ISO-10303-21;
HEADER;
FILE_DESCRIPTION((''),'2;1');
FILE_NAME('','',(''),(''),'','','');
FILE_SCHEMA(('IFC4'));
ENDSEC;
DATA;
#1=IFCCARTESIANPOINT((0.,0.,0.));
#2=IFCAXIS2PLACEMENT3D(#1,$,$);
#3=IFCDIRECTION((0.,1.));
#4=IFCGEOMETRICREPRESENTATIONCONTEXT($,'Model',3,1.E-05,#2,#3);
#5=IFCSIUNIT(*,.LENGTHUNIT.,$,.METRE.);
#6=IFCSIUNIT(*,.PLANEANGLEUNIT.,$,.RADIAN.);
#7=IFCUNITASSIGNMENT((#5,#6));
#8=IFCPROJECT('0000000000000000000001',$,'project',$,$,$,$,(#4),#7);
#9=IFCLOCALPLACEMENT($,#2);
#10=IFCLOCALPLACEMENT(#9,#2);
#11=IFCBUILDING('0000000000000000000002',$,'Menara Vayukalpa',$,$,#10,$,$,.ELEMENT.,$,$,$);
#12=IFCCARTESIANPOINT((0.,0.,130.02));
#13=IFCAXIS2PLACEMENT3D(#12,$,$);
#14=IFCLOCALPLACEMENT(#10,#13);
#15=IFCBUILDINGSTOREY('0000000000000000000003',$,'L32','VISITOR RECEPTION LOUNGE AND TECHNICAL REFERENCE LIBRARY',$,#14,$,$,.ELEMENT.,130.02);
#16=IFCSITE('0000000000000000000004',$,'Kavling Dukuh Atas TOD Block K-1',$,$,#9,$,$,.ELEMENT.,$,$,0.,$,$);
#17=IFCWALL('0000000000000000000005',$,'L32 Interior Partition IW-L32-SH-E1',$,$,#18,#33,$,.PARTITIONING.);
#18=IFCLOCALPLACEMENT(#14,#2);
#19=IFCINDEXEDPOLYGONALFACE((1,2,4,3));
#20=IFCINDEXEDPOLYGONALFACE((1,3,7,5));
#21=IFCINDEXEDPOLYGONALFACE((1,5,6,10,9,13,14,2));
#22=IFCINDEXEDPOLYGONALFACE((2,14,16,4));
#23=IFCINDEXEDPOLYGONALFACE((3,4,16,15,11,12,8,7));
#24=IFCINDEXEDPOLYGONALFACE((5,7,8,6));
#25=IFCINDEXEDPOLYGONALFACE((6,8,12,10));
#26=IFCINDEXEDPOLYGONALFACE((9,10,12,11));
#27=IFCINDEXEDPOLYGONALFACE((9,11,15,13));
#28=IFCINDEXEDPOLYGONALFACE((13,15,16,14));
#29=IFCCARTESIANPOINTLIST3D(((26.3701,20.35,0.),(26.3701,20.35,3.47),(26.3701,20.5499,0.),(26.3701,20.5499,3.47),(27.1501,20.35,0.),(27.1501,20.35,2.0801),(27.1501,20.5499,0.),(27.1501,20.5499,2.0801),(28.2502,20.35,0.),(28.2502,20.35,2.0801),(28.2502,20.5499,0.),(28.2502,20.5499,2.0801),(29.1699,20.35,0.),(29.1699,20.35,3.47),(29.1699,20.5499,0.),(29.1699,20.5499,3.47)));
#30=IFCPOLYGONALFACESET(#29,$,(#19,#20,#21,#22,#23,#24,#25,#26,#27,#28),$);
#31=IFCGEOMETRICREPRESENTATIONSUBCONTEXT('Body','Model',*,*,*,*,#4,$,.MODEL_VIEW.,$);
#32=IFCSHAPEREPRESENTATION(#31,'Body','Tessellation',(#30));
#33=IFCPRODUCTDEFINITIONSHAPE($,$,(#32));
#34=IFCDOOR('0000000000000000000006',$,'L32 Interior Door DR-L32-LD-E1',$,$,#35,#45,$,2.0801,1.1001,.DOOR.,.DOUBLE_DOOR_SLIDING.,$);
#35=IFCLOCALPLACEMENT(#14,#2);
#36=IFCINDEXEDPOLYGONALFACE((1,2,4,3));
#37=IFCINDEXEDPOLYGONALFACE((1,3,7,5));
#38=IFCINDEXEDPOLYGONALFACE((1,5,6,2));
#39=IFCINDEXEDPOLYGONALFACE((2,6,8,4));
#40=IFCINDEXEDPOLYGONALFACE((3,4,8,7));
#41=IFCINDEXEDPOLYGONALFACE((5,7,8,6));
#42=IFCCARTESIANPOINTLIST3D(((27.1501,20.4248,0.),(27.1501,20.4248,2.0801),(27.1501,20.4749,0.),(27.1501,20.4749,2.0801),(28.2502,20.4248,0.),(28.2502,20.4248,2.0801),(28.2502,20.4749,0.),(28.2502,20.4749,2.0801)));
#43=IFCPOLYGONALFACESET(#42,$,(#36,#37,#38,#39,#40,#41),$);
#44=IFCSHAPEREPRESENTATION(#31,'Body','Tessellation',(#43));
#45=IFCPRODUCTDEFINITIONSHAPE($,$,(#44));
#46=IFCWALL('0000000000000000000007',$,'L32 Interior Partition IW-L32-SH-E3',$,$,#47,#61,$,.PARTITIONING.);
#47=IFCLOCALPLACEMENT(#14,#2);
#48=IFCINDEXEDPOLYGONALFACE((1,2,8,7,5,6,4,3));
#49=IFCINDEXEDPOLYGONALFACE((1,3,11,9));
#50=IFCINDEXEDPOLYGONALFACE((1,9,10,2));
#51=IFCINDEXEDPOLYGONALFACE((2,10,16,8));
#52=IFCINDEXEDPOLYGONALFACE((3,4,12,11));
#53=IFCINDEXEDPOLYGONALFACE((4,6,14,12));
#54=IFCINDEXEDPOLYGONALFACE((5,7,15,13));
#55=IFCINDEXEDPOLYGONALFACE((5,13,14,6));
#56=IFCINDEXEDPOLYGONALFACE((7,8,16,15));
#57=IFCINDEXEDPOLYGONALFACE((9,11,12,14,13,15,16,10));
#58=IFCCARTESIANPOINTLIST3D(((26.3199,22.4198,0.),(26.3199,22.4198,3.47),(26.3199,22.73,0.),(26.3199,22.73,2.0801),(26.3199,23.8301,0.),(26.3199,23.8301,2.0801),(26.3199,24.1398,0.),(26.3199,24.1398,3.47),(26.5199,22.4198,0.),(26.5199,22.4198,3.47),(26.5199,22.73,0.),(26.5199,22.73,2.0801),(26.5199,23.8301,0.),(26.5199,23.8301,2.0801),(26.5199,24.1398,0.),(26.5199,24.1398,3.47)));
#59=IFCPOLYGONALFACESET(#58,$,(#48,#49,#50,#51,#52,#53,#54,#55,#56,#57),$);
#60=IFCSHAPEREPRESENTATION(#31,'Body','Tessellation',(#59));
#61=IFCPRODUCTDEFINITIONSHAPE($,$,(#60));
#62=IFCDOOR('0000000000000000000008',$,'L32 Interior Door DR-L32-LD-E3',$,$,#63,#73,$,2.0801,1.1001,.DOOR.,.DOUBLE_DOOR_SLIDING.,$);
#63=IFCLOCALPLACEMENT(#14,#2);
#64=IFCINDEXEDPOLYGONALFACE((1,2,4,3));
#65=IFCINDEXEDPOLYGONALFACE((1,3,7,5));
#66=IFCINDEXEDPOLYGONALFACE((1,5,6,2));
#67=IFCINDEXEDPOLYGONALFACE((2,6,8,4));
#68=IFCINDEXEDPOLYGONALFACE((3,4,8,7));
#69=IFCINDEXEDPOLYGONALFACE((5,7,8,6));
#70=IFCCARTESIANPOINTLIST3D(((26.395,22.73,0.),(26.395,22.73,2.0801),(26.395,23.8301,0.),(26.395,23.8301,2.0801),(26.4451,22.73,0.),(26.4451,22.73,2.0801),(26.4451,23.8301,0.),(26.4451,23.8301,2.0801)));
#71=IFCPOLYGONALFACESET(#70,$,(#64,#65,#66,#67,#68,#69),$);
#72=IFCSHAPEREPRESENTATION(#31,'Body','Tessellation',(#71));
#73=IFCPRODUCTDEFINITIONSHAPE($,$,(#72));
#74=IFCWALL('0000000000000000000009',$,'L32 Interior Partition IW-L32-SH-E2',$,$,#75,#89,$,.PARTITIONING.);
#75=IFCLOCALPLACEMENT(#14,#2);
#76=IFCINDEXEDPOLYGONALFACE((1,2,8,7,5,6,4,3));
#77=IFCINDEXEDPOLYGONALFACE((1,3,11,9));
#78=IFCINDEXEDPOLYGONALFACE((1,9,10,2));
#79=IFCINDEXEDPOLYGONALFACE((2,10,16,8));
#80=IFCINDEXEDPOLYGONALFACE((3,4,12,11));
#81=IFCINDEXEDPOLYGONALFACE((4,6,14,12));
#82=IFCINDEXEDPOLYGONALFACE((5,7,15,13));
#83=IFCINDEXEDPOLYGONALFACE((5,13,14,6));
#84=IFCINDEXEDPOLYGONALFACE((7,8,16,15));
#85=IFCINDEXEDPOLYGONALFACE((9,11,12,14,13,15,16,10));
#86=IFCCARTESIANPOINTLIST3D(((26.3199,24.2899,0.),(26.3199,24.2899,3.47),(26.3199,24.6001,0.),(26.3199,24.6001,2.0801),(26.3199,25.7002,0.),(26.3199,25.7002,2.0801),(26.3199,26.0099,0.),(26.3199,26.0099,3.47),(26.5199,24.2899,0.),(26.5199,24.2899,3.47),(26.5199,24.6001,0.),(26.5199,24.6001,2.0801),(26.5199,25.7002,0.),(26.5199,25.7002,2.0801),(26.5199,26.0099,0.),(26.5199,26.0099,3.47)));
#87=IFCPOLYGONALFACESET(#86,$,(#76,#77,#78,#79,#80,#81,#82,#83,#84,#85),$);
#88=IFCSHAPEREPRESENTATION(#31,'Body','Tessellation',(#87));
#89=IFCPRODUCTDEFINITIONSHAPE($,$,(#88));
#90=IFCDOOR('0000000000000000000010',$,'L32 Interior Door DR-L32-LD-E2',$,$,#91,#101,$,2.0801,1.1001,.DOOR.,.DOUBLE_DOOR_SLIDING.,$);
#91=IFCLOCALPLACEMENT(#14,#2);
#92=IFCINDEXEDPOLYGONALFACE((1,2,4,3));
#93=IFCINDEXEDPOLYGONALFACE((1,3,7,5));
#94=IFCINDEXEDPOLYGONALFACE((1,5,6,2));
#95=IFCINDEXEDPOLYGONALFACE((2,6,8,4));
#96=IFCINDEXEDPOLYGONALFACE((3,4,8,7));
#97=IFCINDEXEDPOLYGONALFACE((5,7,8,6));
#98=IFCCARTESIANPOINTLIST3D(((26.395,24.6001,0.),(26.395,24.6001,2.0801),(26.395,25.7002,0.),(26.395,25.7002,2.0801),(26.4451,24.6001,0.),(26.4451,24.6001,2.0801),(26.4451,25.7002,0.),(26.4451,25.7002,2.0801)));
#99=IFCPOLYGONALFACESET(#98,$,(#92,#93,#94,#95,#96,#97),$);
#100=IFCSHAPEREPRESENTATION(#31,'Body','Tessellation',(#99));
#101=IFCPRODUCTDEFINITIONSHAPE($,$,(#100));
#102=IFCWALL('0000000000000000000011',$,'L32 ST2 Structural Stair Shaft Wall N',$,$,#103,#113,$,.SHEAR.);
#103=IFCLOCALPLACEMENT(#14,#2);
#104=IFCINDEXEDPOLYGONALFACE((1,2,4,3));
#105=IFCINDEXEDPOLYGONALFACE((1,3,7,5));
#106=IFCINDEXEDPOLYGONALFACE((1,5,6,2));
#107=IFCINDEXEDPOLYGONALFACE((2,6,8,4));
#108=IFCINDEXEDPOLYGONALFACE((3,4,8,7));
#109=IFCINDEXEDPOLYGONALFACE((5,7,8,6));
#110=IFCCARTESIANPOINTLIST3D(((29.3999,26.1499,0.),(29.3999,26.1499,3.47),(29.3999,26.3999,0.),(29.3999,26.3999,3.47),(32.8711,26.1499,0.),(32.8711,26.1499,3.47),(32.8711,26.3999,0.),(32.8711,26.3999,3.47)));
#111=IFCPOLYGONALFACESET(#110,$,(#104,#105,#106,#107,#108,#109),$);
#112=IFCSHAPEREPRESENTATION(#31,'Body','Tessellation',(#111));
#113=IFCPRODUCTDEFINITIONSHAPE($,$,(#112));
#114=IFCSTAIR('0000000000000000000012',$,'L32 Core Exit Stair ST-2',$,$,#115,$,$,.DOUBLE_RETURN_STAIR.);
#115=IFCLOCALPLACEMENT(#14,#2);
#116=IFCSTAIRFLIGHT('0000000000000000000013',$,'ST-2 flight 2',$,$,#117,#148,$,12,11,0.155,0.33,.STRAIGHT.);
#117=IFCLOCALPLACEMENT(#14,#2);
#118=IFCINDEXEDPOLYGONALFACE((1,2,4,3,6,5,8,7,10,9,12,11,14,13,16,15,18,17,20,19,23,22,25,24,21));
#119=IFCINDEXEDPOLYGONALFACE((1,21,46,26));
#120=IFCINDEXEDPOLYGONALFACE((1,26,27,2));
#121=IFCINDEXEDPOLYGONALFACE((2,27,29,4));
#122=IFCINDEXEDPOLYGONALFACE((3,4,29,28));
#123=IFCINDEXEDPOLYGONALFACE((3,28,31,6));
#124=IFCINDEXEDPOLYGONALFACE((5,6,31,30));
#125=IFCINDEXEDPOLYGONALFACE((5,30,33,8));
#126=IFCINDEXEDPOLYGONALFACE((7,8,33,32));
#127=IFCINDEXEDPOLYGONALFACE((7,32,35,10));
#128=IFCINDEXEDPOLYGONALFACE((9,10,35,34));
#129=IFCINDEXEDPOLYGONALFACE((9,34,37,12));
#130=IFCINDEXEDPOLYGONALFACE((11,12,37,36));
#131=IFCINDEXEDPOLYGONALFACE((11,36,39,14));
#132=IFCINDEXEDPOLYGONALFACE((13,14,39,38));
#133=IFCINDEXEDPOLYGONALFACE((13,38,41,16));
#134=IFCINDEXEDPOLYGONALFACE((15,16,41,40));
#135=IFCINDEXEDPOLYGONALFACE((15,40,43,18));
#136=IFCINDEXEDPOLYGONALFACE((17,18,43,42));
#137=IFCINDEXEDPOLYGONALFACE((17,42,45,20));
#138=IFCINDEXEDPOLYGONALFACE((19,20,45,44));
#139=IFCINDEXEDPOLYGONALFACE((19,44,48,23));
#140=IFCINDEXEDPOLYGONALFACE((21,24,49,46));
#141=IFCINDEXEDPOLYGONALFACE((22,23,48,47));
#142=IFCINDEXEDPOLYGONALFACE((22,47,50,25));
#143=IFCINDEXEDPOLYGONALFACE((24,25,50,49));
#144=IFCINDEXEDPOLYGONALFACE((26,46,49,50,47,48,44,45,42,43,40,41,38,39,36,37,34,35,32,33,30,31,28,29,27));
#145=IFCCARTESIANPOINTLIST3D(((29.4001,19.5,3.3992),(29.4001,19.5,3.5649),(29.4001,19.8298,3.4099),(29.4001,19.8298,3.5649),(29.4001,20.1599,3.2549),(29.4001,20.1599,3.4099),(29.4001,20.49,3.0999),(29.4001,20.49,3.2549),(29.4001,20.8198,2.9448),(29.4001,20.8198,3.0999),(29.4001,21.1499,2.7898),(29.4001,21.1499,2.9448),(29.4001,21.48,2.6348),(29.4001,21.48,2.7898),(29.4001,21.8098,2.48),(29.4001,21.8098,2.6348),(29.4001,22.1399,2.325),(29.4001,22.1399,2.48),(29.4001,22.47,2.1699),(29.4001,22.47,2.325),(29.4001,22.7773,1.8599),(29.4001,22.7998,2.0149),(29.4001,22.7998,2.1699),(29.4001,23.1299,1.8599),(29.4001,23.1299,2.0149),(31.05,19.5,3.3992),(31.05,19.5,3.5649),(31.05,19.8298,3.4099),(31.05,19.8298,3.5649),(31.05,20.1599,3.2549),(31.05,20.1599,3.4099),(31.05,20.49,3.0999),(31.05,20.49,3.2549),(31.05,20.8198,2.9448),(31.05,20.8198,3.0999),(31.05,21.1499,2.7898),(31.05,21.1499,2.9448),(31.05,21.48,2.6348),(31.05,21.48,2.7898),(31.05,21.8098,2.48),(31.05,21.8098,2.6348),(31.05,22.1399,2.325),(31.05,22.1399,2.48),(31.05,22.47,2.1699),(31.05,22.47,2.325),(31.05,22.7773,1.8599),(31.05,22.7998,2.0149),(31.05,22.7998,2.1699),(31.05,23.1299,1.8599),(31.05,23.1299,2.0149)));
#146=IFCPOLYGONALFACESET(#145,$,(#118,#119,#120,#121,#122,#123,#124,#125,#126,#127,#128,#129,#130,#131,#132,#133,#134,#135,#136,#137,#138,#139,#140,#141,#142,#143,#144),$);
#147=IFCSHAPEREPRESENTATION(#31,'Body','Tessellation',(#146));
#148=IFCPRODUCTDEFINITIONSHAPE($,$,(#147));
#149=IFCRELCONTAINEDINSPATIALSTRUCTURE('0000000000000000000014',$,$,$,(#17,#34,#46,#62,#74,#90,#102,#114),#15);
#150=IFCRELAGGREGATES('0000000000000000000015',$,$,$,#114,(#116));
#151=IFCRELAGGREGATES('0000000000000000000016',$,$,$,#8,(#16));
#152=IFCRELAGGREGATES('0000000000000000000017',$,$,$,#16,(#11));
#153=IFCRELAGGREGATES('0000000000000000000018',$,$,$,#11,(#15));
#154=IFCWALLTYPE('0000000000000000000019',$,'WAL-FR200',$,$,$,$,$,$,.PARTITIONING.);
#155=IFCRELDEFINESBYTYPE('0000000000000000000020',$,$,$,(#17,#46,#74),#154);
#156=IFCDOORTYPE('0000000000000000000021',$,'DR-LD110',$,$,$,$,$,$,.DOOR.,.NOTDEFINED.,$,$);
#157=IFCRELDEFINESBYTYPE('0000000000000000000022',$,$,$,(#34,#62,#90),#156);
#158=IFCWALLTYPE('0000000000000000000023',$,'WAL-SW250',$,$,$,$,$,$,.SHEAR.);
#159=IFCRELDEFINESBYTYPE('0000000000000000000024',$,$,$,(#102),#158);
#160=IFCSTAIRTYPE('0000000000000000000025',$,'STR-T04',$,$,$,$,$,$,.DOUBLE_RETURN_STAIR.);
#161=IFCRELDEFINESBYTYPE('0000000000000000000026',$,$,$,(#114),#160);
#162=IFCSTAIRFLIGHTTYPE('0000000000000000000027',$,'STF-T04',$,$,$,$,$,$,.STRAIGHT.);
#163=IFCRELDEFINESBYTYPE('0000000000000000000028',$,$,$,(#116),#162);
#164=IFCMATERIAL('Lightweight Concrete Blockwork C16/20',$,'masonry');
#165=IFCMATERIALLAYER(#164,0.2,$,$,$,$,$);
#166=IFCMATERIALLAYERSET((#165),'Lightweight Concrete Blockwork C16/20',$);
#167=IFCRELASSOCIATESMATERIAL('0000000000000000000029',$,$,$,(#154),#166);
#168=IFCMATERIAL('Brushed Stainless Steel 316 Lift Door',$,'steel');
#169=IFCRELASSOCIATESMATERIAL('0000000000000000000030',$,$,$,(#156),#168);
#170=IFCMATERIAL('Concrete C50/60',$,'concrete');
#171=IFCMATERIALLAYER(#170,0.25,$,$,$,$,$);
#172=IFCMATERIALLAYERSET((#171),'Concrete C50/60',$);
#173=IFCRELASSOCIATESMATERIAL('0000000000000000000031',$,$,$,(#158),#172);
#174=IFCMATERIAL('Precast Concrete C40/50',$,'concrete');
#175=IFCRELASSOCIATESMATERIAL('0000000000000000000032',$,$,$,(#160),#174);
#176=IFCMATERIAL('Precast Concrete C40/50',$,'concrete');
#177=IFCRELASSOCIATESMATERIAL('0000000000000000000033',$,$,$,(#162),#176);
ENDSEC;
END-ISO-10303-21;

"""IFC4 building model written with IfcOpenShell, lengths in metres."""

from ifc_helpers import new_model, si_unit, direction, frame, frame_2d, origin, place, context, subcontext, project, spatial, polyline, rectangle, outline, extrude, material, layer, layer_set, type_object, element, fill, aggregate, save


model = new_model("IFC4")

# Units and contexts
model_context = context("Model", 3, precision=1e-05, world=origin(), true_north=direction((0.0, 1.0)))
body_context = subcontext(model_context, "Body", "Model", "MODEL_VIEW")
ifc_project = project(units=[si_unit("LENGTHUNIT", "METRE"), si_unit("PLANEANGLEUNIT", "RADIAN")], contexts=[model_context])

# Site, building, storey
site_placement = place(None, origin())
site = spatial("IfcSite", under=ifc_project, at=site_placement, Name="Kavling Dukuh Atas TOD Block K-1", CompositionType="ELEMENT", RefElevation=0.0)
building_placement = place(site_placement, origin())
building = spatial("IfcBuilding", under=site, at=building_placement, Name="Menara Vayukalpa", CompositionType="ELEMENT")
storey_placement = place(building_placement, frame((0.0, 0.0, 130.02)))
storey = spatial("IfcBuildingStorey", under=building, at=storey_placement, Name="L32", Description="VISITOR RECEPTION LOUNGE AND TECHNICAL REFERENCE LIBRARY", CompositionType="ELEMENT", Elevation=130.02)

# Walls, openings, doors
ifc_material_1 = material(Name="Lightweight Concrete Blockwork C16/20", Category="masonry")
ifc_layer_1 = layer(ifc_material_1, 0.2)
ifc_layer_set_1 = layer_set([ifc_layer_1], Name="Lightweight Concrete Blockwork C16/20")
wall_type_1 = type_object("IfcWallType", Name="WAL-FR200", PredefinedType="PARTITIONING", material=ifc_layer_set_1)
wall_1_placement = place(storey_placement, frame((26.3701, 20.45, 0.0), z_axis=(0.0, 0.0, 1.0), x_axis=(1.0, 0.0, 0.0)))
wall_1 = element("IfcWall", 1, at=wall_1_placement, inside=storey, type_object=wall_type_1, Name="L32 Interior Partition IW-L32-SH-E1", PredefinedType="PARTITIONING", context=body_context, shape_type="SweptSolid", body=[
    extrude(rectangle(XDim=2.7998, YDim=0.2, at=frame_2d((1.3999, 0.0))), origin(), (0.0, 0.0, 1.0), 3.47),
])
opening_1_placement = place(wall_1_placement, frame((0.78, 0.0, 0.0)))
opening_1 = element("IfcOpeningElement", 2, at=opening_1_placement, cuts=wall_1, PredefinedType="OPENING", context=body_context, shape_type="SweptSolid", body=[
    extrude(rectangle(XDim=1.1001, YDim=2.0801, at=frame_2d((0.55, 1.04))), frame((0.0, 0.1099, 0.0), z_axis=(0.0, -1.0, 0.0), x_axis=(1.0, 0.0, 0.0)), (0.0, 0.0, 1.0), 0.22),
])
ifc_material_2 = material(Name="Brushed Stainless Steel 316 Lift Door", Category="steel")
door_type_1 = type_object("IfcDoorType", Name="DR-LD110", OperationType="NOTDEFINED", PredefinedType="DOOR", material=ifc_material_2)
door_1_placement = place(opening_1_placement, origin())
door_1 = element("IfcDoor", 3, at=door_1_placement, inside=storey, type_object=door_type_1, Name="L32 Interior Door DR-L32-LD-E1", OperationType="DOUBLE_DOOR_SLIDING", OverallHeight=2.0801, OverallWidth=1.1001, PredefinedType="DOOR", context=body_context, shape_type="SweptSolid", body=[
    extrude(rectangle(XDim=1.1001, YDim=2.0801, at=frame_2d((0.55, 1.04))), frame((0.0, 0.0249, 0.0), z_axis=(0.0, -1.0, 0.0), x_axis=(1.0, 0.0, 0.0)), (0.0, 0.0, 1.0), 0.05),
])
fill(opening_1, door_1)
wall_2_placement = place(storey_placement, frame((26.4199, 22.4199, 0.0), z_axis=(0.0, 0.0, 1.0), x_axis=(0.0, 1.0, 0.0)))
wall_2 = element("IfcWall", 4, at=wall_2_placement, inside=storey, type_object=wall_type_1, Name="L32 Interior Partition IW-L32-SH-E3", PredefinedType="PARTITIONING", context=body_context, shape_type="SweptSolid", body=[
    extrude(rectangle(XDim=1.72, YDim=0.2, at=frame_2d((0.8599, 0.0))), origin(), (0.0, 0.0, 1.0), 3.47),
])
opening_2_placement = place(wall_2_placement, frame((0.3101, 0.0, 0.0)))
opening_2 = element("IfcOpeningElement", 5, at=opening_2_placement, cuts=wall_2, PredefinedType="OPENING", context=body_context, shape_type="SweptSolid", body=[
    extrude(rectangle(XDim=1.1001, YDim=2.0801, at=frame_2d((0.55, 1.04))), frame((0.0, 0.1099, 0.0), z_axis=(0.0, -1.0, 0.0), x_axis=(1.0, 0.0, 0.0)), (0.0, 0.0, 1.0), 0.22),
])
door_2_placement = place(opening_2_placement, origin())
door_2 = element("IfcDoor", 6, at=door_2_placement, inside=storey, type_object=door_type_1, Name="L32 Interior Door DR-L32-LD-E3", OperationType="DOUBLE_DOOR_SLIDING", OverallHeight=2.0801, OverallWidth=1.1001, PredefinedType="DOOR", context=body_context, shape_type="SweptSolid", body=[
    extrude(rectangle(XDim=1.1001, YDim=2.0801, at=frame_2d((0.55, 1.04))), frame((0.0, 0.0249, 0.0), z_axis=(0.0, -1.0, 0.0), x_axis=(1.0, 0.0, 0.0)), (0.0, 0.0, 1.0), 0.05),
])
fill(opening_2, door_2)
wall_3_placement = place(storey_placement, frame((26.4199, 24.29, 0.0), z_axis=(0.0, 0.0, 1.0), x_axis=(0.0, 1.0, 0.0)))
wall_3 = element("IfcWall", 7, at=wall_3_placement, inside=storey, type_object=wall_type_1, Name="L32 Interior Partition IW-L32-SH-E2", PredefinedType="PARTITIONING", context=body_context, shape_type="SweptSolid", body=[
    extrude(rectangle(XDim=1.72, YDim=0.2, at=frame_2d((0.8599, 0.0))), origin(), (0.0, 0.0, 1.0), 3.47),
])
opening_3_placement = place(wall_3_placement, frame((0.3101, 0.0, 0.0)))
opening_3 = element("IfcOpeningElement", 8, at=opening_3_placement, cuts=wall_3, PredefinedType="OPENING", context=body_context, shape_type="SweptSolid", body=[
    extrude(rectangle(XDim=1.1001, YDim=2.0801, at=frame_2d((0.55, 1.04))), frame((0.0, 0.1099, 0.0), z_axis=(0.0, -1.0, 0.0), x_axis=(1.0, 0.0, 0.0)), (0.0, 0.0, 1.0), 0.22),
])
door_3_placement = place(opening_3_placement, origin())
door_3 = element("IfcDoor", 9, at=door_3_placement, inside=storey, type_object=door_type_1, Name="L32 Interior Door DR-L32-LD-E2", OperationType="DOUBLE_DOOR_SLIDING", OverallHeight=2.0801, OverallWidth=1.1001, PredefinedType="DOOR", context=body_context, shape_type="SweptSolid", body=[
    extrude(rectangle(XDim=1.1001, YDim=2.0801, at=frame_2d((0.55, 1.04))), frame((0.0, 0.0249, 0.0), z_axis=(0.0, -1.0, 0.0), x_axis=(1.0, 0.0, 0.0)), (0.0, 0.0, 1.0), 0.05),
])
fill(opening_3, door_3)

# Wall
ifc_material_3 = material(Name="Concrete C50/60", Category="concrete")
ifc_layer_2 = layer(ifc_material_3, 0.25)
ifc_layer_set_2 = layer_set([ifc_layer_2], Name="Concrete C50/60")
wall_type_2 = type_object("IfcWallType", Name="WAL-SW250", PredefinedType="SHEAR", material=ifc_layer_set_2)
wall_4_placement = place(storey_placement, frame((29.3999, 26.2749, 0.0), z_axis=(0.0, 0.0, 1.0), x_axis=(1.0, 0.0, 0.0)))
element("IfcWall", 10, at=wall_4_placement, inside=storey, type_object=wall_type_2, Name="L32 ST2 Structural Stair Shaft Wall N", PredefinedType="SHEAR", context=body_context, shape_type="SweptSolid", body=[
    extrude(rectangle(XDim=3.4712, YDim=0.25, at=frame_2d((1.7356, 0.0))), origin(), (0.0, 0.0, 1.0), 3.47),
])

# Stair, stair flight
ifc_material_4 = material(Name="Precast Concrete C40/50", Category="concrete")
stair_type = type_object("IfcStairType", Name="STR-T04", PredefinedType="DOUBLE_RETURN_STAIR", material=ifc_material_4)
stair_placement = place(storey_placement, origin())
stair = element("IfcStair", 11, at=stair_placement, inside=storey, type_object=stair_type, Name="L32 Core Exit Stair ST-2", PredefinedType="DOUBLE_RETURN_STAIR")
ifc_material_5 = material(Name="Precast Concrete C40/50", Category="concrete")
stair_flight_type = type_object("IfcStairFlightType", Name="STF-T04", PredefinedType="STRAIGHT", material=ifc_material_5)
stair_flight_placement = place(storey_placement, frame((30.2251, 23.1299, 1.8599), z_axis=(0.0, 0.0, 1.0), x_axis=(0.0, -1.0, 0.0)))
stair_flight = element("IfcStairFlight", 12, at=stair_flight_placement, type_object=stair_flight_type, Name="ST-2 flight 2", NumberOfRisers=12, NumberOfTreads=11, PredefinedType="STRAIGHT", RiserHeight=0.155, TreadLength=0.33, context=body_context, shape_type="SweptSolid", body=[
    extrude(outline(polyline([(0.0, 0.0), (0.0, 0.155), (0.3301, 0.155), (0.3301, 0.3101), (0.6599, 0.3101), (0.6599, 0.4651), (0.99, 0.4651), (0.99, 0.6201), (1.3201, 0.6201), (1.3201, 0.7749), (1.6499, 0.7749), (1.6499, 0.9299), (1.98, 0.9299), (1.98, 1.085), (2.3101, 1.085), (2.3101, 1.24), (2.6399, 1.24), (2.6399, 1.395), (2.97, 1.395), (2.97, 1.55), (3.3, 1.55), (3.3, 1.7051), (3.6299, 1.7051), (3.6299, 1.8601), (3.6299, 1.5393), (0.3525, 0.0), (0.0, 0.0)])), frame((0.0, 0.825, 0.0), z_axis=(0.0, -1.0, 0.0), x_axis=(1.0, 0.0, 0.0)), (0.0, 0.0, 1.0), 1.6499),
])
aggregate(stair, [stair_flight])

save(model, "model.ifc")
